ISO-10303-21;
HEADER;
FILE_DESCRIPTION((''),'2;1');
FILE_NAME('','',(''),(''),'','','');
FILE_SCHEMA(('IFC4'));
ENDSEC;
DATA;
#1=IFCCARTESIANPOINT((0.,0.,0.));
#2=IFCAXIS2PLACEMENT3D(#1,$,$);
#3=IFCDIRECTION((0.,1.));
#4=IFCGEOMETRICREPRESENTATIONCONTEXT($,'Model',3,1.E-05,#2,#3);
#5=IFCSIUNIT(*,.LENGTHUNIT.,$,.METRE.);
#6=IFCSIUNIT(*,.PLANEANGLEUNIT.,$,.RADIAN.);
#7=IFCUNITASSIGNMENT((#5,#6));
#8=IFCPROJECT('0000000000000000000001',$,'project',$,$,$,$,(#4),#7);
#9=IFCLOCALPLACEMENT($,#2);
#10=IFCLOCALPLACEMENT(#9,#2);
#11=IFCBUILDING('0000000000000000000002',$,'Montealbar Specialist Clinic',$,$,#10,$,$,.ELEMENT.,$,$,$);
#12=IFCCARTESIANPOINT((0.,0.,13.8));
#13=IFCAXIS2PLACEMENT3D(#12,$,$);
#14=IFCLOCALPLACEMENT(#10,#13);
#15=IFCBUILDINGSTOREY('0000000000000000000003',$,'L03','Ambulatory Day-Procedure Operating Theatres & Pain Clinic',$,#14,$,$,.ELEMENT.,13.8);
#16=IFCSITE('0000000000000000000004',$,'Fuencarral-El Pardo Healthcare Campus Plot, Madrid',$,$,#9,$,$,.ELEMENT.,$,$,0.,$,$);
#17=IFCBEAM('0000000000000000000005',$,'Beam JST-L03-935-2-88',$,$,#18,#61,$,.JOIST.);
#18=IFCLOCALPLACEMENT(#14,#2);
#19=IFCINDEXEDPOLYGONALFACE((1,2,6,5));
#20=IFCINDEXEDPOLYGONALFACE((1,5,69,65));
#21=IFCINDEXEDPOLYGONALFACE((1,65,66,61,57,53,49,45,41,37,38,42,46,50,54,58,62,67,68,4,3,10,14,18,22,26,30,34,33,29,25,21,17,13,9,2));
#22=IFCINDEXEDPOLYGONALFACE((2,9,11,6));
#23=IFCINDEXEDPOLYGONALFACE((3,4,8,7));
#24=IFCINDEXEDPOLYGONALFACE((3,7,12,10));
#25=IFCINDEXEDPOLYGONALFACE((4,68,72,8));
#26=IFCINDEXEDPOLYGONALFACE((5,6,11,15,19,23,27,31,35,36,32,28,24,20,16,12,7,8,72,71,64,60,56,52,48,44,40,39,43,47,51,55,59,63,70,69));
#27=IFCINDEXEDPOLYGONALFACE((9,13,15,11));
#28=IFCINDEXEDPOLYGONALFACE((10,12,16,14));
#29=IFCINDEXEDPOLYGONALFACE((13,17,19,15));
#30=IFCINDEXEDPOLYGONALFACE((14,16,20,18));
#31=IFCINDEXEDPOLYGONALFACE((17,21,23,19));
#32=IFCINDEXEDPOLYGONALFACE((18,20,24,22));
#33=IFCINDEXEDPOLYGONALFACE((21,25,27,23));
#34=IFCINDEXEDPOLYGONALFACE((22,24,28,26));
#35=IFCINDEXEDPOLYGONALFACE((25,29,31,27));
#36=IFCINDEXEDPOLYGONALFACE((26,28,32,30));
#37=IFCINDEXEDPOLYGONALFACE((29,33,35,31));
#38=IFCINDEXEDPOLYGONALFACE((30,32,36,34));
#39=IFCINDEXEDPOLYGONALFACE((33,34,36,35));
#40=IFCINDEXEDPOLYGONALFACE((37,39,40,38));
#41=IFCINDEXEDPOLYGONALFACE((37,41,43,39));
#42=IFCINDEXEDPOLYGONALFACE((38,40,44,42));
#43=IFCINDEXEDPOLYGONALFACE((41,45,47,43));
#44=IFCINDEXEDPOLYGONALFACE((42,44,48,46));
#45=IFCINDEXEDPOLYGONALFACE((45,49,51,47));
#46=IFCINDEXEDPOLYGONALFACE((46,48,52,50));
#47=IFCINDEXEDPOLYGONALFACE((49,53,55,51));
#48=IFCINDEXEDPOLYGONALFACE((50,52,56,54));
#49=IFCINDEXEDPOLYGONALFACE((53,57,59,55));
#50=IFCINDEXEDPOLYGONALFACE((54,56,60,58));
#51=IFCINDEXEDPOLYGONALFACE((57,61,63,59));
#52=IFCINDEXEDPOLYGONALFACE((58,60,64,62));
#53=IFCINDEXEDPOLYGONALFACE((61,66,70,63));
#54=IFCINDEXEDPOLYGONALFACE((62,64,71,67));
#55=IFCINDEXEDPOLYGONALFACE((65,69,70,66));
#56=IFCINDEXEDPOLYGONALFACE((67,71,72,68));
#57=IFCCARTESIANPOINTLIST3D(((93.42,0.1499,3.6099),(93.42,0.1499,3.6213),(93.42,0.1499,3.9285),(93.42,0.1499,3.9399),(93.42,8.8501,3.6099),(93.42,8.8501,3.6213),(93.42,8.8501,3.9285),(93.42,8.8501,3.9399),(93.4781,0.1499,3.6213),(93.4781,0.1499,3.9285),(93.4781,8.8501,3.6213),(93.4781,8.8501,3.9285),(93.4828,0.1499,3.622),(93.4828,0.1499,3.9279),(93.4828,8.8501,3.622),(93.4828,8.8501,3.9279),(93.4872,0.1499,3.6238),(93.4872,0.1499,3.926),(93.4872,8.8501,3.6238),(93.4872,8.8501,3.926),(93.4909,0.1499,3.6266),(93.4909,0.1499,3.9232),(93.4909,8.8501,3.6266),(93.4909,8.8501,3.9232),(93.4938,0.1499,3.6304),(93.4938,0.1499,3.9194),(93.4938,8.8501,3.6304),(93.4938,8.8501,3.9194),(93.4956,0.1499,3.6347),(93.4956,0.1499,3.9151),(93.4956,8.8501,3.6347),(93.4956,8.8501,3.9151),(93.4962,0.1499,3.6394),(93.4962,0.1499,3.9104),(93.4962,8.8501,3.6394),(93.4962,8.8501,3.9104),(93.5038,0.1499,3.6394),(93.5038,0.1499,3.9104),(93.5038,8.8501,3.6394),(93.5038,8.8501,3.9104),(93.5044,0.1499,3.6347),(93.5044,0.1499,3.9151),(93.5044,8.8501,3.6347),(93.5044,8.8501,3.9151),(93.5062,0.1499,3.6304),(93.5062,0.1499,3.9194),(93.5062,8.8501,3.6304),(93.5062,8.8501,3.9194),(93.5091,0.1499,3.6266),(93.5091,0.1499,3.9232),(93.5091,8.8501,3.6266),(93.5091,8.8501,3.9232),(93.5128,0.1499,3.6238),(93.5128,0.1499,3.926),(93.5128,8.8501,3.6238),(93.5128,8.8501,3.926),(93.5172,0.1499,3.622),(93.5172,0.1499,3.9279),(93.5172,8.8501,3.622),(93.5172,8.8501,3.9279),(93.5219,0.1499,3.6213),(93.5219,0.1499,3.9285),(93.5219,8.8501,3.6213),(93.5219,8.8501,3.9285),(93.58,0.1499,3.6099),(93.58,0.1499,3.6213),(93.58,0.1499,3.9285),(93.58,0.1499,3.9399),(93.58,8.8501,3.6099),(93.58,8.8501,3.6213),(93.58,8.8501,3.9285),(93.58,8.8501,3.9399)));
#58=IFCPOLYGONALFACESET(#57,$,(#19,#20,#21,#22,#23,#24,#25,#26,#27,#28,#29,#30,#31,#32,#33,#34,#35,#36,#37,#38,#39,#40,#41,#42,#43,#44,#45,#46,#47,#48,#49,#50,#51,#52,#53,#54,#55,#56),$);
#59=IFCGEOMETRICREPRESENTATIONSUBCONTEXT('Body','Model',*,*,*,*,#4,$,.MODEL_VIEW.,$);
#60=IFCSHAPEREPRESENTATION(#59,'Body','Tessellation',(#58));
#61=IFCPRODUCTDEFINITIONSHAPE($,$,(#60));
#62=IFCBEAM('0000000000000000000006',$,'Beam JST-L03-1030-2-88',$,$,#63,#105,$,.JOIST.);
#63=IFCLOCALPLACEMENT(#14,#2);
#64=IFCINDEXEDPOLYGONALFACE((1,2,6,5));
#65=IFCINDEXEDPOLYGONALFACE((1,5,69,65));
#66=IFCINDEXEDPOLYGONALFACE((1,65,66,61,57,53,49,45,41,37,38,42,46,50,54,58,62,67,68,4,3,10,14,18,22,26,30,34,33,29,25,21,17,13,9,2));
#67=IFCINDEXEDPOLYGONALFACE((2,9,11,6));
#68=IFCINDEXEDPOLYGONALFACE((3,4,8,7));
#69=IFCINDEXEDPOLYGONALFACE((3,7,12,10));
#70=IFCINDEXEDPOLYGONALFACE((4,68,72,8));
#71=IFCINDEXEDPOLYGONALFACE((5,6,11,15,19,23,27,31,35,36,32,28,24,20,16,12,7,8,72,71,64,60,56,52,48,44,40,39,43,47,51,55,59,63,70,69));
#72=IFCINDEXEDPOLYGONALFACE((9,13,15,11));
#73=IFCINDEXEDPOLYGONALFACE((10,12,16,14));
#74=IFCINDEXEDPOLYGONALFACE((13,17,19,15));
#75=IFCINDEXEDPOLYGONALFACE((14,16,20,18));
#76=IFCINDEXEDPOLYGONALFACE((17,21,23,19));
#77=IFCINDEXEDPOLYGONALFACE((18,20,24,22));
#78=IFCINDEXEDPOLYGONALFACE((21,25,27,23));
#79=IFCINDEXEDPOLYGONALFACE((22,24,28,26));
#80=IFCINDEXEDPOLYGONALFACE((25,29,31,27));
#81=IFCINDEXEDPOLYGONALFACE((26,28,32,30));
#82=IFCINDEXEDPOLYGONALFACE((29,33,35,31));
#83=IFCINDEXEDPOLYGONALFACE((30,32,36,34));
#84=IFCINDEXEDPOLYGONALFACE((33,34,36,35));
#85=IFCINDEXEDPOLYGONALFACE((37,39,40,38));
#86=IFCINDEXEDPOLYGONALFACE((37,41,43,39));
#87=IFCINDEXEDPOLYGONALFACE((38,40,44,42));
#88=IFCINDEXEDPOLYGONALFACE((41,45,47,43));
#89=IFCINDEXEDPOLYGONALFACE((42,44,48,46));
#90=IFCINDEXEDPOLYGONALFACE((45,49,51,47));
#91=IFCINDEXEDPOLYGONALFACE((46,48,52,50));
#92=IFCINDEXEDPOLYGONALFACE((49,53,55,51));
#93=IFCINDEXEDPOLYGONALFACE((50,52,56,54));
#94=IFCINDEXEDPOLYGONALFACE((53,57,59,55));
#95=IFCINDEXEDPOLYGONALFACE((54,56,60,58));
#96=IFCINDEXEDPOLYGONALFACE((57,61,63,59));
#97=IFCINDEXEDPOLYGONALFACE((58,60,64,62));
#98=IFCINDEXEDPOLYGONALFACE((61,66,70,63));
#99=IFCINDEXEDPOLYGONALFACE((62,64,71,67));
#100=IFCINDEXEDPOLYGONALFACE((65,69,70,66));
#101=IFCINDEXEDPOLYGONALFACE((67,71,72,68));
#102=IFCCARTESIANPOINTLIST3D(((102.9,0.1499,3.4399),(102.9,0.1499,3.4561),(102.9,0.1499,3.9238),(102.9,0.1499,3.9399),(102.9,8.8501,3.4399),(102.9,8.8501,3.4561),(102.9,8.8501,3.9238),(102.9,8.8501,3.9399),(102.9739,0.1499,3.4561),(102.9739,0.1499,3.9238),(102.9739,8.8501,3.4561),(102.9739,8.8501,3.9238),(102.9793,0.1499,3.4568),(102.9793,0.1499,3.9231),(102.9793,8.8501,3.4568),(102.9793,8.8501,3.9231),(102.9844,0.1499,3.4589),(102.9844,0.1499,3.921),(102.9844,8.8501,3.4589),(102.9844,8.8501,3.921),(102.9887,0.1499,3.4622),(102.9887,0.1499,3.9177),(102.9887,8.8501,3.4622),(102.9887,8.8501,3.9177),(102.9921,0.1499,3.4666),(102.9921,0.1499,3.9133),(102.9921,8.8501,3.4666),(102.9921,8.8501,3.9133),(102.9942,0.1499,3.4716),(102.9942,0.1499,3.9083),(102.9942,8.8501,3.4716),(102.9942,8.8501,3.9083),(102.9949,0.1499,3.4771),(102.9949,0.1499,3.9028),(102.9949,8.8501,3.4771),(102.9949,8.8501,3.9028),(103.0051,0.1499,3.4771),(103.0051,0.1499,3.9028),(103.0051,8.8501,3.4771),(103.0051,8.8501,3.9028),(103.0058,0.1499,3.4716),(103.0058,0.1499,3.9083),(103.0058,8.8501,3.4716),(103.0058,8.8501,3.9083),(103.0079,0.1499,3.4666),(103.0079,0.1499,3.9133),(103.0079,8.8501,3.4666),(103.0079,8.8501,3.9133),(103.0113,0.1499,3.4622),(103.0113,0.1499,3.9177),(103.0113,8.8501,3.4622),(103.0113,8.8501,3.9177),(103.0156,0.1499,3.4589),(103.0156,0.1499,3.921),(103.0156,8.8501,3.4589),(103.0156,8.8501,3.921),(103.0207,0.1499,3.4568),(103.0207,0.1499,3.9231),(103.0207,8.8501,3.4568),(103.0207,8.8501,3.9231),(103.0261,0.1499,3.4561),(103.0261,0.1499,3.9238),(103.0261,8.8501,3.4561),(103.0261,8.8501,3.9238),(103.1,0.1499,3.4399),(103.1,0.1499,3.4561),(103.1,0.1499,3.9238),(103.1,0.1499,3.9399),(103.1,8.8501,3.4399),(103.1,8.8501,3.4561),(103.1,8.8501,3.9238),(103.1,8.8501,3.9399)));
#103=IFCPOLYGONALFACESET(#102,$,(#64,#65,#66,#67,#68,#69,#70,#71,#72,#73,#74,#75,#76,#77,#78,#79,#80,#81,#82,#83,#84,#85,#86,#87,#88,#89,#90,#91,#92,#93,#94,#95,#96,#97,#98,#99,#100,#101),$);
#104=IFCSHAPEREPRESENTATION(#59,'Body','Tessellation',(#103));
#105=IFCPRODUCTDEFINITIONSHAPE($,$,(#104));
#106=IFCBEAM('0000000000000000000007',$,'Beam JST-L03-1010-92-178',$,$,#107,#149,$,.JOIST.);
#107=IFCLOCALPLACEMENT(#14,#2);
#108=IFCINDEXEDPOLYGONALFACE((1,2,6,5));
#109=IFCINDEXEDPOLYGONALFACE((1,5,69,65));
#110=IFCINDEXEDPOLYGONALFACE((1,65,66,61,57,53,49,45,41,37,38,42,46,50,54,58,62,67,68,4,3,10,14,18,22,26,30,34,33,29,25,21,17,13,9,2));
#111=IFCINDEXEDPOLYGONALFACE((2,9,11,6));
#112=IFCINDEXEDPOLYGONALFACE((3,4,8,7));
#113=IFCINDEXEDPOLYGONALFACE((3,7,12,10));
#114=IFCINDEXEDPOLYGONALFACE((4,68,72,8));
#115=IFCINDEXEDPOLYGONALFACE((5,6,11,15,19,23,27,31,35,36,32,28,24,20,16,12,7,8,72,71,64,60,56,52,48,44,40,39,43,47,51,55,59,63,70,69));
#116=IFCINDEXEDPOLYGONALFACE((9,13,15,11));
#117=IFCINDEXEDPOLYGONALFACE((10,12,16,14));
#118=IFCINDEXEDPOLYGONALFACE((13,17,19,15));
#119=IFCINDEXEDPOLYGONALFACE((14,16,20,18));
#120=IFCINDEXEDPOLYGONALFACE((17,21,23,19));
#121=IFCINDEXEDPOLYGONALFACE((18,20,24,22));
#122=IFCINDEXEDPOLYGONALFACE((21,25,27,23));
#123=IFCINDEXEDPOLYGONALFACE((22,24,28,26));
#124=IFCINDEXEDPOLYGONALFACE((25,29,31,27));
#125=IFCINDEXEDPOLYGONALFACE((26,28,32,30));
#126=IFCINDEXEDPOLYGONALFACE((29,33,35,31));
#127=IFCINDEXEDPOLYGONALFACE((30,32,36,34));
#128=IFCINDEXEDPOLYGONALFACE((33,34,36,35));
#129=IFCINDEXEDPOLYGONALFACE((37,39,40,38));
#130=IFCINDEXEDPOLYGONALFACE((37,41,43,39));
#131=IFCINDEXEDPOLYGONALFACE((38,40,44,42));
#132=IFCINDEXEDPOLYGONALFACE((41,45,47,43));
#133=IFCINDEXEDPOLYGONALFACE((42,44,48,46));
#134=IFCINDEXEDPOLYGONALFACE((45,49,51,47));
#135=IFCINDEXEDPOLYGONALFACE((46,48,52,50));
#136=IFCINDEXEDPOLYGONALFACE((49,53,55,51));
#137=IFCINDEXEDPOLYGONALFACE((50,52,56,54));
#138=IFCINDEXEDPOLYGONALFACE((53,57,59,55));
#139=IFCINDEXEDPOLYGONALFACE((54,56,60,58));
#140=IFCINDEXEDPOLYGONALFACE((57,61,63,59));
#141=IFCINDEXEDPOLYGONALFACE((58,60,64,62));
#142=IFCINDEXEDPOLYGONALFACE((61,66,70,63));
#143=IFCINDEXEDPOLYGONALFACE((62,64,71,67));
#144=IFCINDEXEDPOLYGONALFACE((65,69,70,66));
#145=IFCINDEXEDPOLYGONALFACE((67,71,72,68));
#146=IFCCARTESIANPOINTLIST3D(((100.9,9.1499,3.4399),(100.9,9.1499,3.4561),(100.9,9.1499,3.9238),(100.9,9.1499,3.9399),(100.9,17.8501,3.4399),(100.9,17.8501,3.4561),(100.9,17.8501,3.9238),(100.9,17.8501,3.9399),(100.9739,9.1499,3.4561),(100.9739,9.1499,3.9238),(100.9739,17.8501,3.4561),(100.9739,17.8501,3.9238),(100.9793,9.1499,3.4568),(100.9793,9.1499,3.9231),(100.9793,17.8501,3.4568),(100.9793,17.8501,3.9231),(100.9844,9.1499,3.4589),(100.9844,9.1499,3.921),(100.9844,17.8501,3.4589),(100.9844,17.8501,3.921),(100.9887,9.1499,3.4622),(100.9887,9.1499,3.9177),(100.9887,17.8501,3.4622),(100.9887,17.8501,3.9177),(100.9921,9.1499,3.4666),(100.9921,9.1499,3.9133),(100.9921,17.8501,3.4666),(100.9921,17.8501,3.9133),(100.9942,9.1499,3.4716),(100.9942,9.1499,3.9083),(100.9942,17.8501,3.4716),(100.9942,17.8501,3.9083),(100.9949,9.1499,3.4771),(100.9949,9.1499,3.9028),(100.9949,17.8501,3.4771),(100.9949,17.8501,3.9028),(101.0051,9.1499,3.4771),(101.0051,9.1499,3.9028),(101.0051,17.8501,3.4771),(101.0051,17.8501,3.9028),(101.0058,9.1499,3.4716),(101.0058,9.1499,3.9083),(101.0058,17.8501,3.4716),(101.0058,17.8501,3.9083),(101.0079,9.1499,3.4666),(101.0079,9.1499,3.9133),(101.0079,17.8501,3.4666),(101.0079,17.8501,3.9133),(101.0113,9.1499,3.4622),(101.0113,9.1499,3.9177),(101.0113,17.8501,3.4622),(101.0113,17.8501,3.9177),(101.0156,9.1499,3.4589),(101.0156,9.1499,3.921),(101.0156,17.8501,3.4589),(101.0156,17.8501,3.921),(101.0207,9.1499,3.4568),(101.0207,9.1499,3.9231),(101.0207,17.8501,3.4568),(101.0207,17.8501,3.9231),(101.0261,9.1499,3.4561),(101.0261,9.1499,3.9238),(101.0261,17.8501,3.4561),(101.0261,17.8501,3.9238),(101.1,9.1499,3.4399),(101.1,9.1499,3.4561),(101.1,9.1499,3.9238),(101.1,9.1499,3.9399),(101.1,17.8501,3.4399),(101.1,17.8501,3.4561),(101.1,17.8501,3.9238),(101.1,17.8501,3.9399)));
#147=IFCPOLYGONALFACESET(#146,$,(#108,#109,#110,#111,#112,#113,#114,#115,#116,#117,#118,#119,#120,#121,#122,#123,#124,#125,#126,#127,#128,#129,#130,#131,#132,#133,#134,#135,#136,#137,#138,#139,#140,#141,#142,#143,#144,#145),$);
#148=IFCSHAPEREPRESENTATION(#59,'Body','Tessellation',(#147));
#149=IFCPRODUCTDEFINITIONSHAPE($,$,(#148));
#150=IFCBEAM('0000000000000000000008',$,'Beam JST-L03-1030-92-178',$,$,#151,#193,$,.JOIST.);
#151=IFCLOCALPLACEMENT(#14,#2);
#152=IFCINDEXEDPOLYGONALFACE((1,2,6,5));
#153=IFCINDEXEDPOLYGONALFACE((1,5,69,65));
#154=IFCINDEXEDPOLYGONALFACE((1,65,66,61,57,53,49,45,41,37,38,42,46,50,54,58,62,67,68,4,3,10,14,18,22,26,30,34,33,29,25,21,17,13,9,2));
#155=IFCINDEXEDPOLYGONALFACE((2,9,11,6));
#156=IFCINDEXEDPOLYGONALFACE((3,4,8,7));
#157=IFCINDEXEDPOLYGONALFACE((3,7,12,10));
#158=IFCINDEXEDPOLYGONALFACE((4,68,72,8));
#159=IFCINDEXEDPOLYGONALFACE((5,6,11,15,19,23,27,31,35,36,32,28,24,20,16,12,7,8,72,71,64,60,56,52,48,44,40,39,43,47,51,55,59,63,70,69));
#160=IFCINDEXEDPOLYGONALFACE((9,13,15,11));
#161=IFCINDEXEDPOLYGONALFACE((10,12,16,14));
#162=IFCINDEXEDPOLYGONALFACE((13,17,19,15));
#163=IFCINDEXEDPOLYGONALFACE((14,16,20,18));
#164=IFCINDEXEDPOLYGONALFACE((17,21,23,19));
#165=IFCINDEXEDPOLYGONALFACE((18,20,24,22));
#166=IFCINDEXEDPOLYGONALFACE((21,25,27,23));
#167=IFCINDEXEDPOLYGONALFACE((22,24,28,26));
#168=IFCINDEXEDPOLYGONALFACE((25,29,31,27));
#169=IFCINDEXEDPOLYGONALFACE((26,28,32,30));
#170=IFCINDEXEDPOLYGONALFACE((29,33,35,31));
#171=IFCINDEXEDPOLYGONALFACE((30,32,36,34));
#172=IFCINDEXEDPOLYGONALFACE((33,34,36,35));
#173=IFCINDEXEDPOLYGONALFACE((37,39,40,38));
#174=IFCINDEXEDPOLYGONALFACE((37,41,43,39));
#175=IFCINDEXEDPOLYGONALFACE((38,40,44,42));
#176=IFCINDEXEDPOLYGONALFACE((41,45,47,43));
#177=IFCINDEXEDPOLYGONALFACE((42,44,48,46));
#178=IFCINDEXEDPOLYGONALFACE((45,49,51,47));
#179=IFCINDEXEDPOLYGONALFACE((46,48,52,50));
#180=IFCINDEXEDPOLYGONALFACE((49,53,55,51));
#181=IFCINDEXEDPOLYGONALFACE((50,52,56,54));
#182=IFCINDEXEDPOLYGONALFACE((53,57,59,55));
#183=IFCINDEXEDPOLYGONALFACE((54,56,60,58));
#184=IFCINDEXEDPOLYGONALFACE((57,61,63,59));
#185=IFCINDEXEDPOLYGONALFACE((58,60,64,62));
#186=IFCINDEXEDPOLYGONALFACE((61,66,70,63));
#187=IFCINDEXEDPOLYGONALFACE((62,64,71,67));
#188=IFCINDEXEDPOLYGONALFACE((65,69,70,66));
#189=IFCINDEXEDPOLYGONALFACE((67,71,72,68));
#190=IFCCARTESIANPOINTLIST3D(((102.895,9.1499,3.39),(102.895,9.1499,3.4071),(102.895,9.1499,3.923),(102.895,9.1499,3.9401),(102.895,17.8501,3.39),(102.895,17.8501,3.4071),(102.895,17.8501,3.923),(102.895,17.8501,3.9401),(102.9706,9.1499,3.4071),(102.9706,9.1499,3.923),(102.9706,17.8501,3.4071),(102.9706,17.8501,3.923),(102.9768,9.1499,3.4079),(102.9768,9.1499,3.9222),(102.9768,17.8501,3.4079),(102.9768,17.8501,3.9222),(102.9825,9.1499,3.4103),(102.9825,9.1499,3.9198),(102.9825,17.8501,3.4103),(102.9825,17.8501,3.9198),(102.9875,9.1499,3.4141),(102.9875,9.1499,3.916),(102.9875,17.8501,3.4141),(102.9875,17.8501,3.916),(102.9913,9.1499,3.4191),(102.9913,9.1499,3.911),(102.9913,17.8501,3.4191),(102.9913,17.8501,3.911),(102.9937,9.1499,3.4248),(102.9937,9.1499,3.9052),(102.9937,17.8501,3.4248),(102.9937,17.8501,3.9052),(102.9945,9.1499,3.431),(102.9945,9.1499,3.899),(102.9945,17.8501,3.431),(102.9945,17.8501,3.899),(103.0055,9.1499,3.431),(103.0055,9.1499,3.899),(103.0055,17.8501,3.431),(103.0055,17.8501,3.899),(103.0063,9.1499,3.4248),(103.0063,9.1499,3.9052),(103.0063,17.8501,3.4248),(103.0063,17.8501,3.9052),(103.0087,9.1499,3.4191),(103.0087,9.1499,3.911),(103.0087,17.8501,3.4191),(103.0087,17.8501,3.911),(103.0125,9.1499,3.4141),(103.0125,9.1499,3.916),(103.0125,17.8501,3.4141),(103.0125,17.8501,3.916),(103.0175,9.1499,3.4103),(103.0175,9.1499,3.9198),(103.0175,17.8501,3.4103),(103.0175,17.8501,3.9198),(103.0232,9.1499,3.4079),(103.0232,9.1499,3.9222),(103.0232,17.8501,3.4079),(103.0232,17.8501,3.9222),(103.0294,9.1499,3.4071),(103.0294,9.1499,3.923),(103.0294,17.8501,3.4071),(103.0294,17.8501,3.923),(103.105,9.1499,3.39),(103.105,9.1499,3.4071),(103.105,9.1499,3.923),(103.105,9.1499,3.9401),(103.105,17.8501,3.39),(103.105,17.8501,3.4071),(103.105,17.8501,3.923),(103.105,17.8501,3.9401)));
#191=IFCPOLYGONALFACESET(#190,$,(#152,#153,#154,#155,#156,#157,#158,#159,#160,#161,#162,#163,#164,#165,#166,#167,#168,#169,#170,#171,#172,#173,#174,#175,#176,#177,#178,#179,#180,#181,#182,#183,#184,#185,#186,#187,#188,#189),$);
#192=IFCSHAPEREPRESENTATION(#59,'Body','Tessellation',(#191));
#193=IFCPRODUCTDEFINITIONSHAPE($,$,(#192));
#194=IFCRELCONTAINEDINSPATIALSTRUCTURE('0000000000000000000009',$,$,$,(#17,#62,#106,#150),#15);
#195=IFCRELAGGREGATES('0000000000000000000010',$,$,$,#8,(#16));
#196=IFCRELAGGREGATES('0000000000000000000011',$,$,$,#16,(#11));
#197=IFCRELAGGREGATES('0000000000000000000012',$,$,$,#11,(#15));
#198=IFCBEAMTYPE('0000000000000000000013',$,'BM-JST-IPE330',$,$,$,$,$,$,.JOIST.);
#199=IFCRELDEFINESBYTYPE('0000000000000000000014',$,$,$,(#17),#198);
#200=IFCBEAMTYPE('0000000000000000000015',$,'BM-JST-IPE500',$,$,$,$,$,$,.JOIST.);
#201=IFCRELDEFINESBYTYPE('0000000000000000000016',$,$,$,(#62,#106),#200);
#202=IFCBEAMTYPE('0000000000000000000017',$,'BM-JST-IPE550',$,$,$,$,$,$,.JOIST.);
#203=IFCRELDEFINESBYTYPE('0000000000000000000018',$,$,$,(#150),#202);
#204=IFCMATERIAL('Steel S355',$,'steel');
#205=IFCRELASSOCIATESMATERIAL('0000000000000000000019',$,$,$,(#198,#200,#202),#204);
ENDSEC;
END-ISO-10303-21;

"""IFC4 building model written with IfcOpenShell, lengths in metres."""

from ifc_helpers import new_model, si_unit, direction, frame, origin, origin_2d, place, context, subcontext, project, spatial, i_section, extrude, material, material_profile, profile_set, type_object, element, save


model = new_model("IFC4")

# Units and contexts
model_context = context("Model", 3, precision=1e-05, world=origin(), true_north=direction((0.0, 1.0)))
body_context = subcontext(model_context, "Body", "Model", "MODEL_VIEW")
ifc_project = project(units=[si_unit("LENGTHUNIT", "METRE"), si_unit("PLANEANGLEUNIT", "RADIAN")], contexts=[model_context])

# Site, building, storey
site_placement = place(None, origin())
site = spatial("IfcSite", under=ifc_project, at=site_placement, Name="Fuencarral-El Pardo Healthcare Campus Plot, Madrid", CompositionType="ELEMENT", RefElevation=0.0)
building_placement = place(site_placement, origin())
building = spatial("IfcBuilding", under=site, at=building_placement, Name="Montealbar Specialist Clinic", CompositionType="ELEMENT")
storey_placement = place(building_placement, frame((0.0, 0.0, 13.8)))
storey = spatial("IfcBuildingStorey", under=building, at=storey_placement, Name="L03", Description="Ambulatory Day-Procedure Operating Theatres & Pain Clinic", CompositionType="ELEMENT", Elevation=13.8)

# Shared definitions
ifc_material_1 = material(Name="Steel S355", Category="steel")

# Beams
ifc_material_profile_1 = material_profile(ifc_material_1, i_section(OverallWidth=0.1599, OverallDepth=0.3301, WebThickness=0.0076, FlangeThickness=0.0115, FilletRadius=0.0181, at=origin_2d()), Name="IPE 330", Category="steel")
ifc_profile_set_1 = profile_set([ifc_material_profile_1], Name="Steel S355")
beam_type_1 = type_object("IfcBeamType", Name="BM-JST-IPE330", PredefinedType="JOIST", material=ifc_profile_set_1)
beam_1_placement = place(storey_placement, frame((93.5, 0.1499, 3.7749), z_axis=(0.0, 1.0, 0.0), x_axis=(-1.0, 0.0, 0.0)))
element("IfcBeam", 1, at=beam_1_placement, inside=storey, type_object=beam_type_1, Name="Beam JST-L03-935-2-88", PredefinedType="JOIST", context=body_context, shape_type="SweptSolid", body=[
    extrude(i_section(OverallWidth=0.1599, OverallDepth=0.3301, WebThickness=0.0076, FlangeThickness=0.0115, FilletRadius=0.0181, at=origin_2d()), origin(), (0.0, 0.0, 1.0), 8.7002),
])
ifc_material_profile_2 = material_profile(ifc_material_1, i_section(OverallWidth=0.2, OverallDepth=0.5, WebThickness=0.0103, FlangeThickness=0.0161, FilletRadius=0.021, at=origin_2d()), Name="IPE 500", Category="steel")
ifc_profile_set_2 = profile_set([ifc_material_profile_2], Name="Steel S355")
beam_type_2 = type_object("IfcBeamType", Name="BM-JST-IPE500", PredefinedType="JOIST", material=ifc_profile_set_2)
for number, where, z_axis, x_axis, name in (
    (2, (103.0, 0.1499, 3.6899), (0.0, 1.0, 0.0), (-1.0, 0.0, 0.0), "Beam JST-L03-1030-2-88"),
    (3, (101.0, 9.1499, 3.6899), (0.0, 1.0, 0.0), (-1.0, 0.0, 0.0), "Beam JST-L03-1010-92-178"),
):
    element("IfcBeam", number, at=place(storey_placement, frame(where, z_axis=z_axis, x_axis=x_axis)), inside=storey, type_object=beam_type_2, Name=name, PredefinedType="JOIST", context=body_context, shape_type="SweptSolid", body=[
        extrude(i_section(OverallWidth=0.2, OverallDepth=0.5, WebThickness=0.0103, FlangeThickness=0.0161, FilletRadius=0.021, at=origin_2d()), origin(), (0.0, 0.0, 1.0), 8.7002),
    ])
ifc_material_profile_3 = material_profile(ifc_material_1, i_section(OverallWidth=0.21, OverallDepth=0.55, WebThickness=0.011, FlangeThickness=0.0171, FilletRadius=0.0239, at=origin_2d()), Name="IPE 550", Category="steel")
ifc_profile_set_3 = profile_set([ifc_material_profile_3], Name="Steel S355")
beam_type_3 = type_object("IfcBeamType", Name="BM-JST-IPE550", PredefinedType="JOIST", material=ifc_profile_set_3)
beam_2_placement = place(storey_placement, frame((103.0, 9.1499, 3.665), z_axis=(0.0, 1.0, 0.0), x_axis=(-1.0, 0.0, 0.0)))
element("IfcBeam", 4, at=beam_2_placement, inside=storey, type_object=beam_type_3, Name="Beam JST-L03-1030-92-178", PredefinedType="JOIST", context=body_context, shape_type="SweptSolid", body=[
    extrude(i_section(OverallWidth=0.21, OverallDepth=0.55, WebThickness=0.011, FlangeThickness=0.0171, FilletRadius=0.0239, at=origin_2d()), origin(), (0.0, 0.0, 1.0), 8.7002),
])

save(model, "model.ifc")
